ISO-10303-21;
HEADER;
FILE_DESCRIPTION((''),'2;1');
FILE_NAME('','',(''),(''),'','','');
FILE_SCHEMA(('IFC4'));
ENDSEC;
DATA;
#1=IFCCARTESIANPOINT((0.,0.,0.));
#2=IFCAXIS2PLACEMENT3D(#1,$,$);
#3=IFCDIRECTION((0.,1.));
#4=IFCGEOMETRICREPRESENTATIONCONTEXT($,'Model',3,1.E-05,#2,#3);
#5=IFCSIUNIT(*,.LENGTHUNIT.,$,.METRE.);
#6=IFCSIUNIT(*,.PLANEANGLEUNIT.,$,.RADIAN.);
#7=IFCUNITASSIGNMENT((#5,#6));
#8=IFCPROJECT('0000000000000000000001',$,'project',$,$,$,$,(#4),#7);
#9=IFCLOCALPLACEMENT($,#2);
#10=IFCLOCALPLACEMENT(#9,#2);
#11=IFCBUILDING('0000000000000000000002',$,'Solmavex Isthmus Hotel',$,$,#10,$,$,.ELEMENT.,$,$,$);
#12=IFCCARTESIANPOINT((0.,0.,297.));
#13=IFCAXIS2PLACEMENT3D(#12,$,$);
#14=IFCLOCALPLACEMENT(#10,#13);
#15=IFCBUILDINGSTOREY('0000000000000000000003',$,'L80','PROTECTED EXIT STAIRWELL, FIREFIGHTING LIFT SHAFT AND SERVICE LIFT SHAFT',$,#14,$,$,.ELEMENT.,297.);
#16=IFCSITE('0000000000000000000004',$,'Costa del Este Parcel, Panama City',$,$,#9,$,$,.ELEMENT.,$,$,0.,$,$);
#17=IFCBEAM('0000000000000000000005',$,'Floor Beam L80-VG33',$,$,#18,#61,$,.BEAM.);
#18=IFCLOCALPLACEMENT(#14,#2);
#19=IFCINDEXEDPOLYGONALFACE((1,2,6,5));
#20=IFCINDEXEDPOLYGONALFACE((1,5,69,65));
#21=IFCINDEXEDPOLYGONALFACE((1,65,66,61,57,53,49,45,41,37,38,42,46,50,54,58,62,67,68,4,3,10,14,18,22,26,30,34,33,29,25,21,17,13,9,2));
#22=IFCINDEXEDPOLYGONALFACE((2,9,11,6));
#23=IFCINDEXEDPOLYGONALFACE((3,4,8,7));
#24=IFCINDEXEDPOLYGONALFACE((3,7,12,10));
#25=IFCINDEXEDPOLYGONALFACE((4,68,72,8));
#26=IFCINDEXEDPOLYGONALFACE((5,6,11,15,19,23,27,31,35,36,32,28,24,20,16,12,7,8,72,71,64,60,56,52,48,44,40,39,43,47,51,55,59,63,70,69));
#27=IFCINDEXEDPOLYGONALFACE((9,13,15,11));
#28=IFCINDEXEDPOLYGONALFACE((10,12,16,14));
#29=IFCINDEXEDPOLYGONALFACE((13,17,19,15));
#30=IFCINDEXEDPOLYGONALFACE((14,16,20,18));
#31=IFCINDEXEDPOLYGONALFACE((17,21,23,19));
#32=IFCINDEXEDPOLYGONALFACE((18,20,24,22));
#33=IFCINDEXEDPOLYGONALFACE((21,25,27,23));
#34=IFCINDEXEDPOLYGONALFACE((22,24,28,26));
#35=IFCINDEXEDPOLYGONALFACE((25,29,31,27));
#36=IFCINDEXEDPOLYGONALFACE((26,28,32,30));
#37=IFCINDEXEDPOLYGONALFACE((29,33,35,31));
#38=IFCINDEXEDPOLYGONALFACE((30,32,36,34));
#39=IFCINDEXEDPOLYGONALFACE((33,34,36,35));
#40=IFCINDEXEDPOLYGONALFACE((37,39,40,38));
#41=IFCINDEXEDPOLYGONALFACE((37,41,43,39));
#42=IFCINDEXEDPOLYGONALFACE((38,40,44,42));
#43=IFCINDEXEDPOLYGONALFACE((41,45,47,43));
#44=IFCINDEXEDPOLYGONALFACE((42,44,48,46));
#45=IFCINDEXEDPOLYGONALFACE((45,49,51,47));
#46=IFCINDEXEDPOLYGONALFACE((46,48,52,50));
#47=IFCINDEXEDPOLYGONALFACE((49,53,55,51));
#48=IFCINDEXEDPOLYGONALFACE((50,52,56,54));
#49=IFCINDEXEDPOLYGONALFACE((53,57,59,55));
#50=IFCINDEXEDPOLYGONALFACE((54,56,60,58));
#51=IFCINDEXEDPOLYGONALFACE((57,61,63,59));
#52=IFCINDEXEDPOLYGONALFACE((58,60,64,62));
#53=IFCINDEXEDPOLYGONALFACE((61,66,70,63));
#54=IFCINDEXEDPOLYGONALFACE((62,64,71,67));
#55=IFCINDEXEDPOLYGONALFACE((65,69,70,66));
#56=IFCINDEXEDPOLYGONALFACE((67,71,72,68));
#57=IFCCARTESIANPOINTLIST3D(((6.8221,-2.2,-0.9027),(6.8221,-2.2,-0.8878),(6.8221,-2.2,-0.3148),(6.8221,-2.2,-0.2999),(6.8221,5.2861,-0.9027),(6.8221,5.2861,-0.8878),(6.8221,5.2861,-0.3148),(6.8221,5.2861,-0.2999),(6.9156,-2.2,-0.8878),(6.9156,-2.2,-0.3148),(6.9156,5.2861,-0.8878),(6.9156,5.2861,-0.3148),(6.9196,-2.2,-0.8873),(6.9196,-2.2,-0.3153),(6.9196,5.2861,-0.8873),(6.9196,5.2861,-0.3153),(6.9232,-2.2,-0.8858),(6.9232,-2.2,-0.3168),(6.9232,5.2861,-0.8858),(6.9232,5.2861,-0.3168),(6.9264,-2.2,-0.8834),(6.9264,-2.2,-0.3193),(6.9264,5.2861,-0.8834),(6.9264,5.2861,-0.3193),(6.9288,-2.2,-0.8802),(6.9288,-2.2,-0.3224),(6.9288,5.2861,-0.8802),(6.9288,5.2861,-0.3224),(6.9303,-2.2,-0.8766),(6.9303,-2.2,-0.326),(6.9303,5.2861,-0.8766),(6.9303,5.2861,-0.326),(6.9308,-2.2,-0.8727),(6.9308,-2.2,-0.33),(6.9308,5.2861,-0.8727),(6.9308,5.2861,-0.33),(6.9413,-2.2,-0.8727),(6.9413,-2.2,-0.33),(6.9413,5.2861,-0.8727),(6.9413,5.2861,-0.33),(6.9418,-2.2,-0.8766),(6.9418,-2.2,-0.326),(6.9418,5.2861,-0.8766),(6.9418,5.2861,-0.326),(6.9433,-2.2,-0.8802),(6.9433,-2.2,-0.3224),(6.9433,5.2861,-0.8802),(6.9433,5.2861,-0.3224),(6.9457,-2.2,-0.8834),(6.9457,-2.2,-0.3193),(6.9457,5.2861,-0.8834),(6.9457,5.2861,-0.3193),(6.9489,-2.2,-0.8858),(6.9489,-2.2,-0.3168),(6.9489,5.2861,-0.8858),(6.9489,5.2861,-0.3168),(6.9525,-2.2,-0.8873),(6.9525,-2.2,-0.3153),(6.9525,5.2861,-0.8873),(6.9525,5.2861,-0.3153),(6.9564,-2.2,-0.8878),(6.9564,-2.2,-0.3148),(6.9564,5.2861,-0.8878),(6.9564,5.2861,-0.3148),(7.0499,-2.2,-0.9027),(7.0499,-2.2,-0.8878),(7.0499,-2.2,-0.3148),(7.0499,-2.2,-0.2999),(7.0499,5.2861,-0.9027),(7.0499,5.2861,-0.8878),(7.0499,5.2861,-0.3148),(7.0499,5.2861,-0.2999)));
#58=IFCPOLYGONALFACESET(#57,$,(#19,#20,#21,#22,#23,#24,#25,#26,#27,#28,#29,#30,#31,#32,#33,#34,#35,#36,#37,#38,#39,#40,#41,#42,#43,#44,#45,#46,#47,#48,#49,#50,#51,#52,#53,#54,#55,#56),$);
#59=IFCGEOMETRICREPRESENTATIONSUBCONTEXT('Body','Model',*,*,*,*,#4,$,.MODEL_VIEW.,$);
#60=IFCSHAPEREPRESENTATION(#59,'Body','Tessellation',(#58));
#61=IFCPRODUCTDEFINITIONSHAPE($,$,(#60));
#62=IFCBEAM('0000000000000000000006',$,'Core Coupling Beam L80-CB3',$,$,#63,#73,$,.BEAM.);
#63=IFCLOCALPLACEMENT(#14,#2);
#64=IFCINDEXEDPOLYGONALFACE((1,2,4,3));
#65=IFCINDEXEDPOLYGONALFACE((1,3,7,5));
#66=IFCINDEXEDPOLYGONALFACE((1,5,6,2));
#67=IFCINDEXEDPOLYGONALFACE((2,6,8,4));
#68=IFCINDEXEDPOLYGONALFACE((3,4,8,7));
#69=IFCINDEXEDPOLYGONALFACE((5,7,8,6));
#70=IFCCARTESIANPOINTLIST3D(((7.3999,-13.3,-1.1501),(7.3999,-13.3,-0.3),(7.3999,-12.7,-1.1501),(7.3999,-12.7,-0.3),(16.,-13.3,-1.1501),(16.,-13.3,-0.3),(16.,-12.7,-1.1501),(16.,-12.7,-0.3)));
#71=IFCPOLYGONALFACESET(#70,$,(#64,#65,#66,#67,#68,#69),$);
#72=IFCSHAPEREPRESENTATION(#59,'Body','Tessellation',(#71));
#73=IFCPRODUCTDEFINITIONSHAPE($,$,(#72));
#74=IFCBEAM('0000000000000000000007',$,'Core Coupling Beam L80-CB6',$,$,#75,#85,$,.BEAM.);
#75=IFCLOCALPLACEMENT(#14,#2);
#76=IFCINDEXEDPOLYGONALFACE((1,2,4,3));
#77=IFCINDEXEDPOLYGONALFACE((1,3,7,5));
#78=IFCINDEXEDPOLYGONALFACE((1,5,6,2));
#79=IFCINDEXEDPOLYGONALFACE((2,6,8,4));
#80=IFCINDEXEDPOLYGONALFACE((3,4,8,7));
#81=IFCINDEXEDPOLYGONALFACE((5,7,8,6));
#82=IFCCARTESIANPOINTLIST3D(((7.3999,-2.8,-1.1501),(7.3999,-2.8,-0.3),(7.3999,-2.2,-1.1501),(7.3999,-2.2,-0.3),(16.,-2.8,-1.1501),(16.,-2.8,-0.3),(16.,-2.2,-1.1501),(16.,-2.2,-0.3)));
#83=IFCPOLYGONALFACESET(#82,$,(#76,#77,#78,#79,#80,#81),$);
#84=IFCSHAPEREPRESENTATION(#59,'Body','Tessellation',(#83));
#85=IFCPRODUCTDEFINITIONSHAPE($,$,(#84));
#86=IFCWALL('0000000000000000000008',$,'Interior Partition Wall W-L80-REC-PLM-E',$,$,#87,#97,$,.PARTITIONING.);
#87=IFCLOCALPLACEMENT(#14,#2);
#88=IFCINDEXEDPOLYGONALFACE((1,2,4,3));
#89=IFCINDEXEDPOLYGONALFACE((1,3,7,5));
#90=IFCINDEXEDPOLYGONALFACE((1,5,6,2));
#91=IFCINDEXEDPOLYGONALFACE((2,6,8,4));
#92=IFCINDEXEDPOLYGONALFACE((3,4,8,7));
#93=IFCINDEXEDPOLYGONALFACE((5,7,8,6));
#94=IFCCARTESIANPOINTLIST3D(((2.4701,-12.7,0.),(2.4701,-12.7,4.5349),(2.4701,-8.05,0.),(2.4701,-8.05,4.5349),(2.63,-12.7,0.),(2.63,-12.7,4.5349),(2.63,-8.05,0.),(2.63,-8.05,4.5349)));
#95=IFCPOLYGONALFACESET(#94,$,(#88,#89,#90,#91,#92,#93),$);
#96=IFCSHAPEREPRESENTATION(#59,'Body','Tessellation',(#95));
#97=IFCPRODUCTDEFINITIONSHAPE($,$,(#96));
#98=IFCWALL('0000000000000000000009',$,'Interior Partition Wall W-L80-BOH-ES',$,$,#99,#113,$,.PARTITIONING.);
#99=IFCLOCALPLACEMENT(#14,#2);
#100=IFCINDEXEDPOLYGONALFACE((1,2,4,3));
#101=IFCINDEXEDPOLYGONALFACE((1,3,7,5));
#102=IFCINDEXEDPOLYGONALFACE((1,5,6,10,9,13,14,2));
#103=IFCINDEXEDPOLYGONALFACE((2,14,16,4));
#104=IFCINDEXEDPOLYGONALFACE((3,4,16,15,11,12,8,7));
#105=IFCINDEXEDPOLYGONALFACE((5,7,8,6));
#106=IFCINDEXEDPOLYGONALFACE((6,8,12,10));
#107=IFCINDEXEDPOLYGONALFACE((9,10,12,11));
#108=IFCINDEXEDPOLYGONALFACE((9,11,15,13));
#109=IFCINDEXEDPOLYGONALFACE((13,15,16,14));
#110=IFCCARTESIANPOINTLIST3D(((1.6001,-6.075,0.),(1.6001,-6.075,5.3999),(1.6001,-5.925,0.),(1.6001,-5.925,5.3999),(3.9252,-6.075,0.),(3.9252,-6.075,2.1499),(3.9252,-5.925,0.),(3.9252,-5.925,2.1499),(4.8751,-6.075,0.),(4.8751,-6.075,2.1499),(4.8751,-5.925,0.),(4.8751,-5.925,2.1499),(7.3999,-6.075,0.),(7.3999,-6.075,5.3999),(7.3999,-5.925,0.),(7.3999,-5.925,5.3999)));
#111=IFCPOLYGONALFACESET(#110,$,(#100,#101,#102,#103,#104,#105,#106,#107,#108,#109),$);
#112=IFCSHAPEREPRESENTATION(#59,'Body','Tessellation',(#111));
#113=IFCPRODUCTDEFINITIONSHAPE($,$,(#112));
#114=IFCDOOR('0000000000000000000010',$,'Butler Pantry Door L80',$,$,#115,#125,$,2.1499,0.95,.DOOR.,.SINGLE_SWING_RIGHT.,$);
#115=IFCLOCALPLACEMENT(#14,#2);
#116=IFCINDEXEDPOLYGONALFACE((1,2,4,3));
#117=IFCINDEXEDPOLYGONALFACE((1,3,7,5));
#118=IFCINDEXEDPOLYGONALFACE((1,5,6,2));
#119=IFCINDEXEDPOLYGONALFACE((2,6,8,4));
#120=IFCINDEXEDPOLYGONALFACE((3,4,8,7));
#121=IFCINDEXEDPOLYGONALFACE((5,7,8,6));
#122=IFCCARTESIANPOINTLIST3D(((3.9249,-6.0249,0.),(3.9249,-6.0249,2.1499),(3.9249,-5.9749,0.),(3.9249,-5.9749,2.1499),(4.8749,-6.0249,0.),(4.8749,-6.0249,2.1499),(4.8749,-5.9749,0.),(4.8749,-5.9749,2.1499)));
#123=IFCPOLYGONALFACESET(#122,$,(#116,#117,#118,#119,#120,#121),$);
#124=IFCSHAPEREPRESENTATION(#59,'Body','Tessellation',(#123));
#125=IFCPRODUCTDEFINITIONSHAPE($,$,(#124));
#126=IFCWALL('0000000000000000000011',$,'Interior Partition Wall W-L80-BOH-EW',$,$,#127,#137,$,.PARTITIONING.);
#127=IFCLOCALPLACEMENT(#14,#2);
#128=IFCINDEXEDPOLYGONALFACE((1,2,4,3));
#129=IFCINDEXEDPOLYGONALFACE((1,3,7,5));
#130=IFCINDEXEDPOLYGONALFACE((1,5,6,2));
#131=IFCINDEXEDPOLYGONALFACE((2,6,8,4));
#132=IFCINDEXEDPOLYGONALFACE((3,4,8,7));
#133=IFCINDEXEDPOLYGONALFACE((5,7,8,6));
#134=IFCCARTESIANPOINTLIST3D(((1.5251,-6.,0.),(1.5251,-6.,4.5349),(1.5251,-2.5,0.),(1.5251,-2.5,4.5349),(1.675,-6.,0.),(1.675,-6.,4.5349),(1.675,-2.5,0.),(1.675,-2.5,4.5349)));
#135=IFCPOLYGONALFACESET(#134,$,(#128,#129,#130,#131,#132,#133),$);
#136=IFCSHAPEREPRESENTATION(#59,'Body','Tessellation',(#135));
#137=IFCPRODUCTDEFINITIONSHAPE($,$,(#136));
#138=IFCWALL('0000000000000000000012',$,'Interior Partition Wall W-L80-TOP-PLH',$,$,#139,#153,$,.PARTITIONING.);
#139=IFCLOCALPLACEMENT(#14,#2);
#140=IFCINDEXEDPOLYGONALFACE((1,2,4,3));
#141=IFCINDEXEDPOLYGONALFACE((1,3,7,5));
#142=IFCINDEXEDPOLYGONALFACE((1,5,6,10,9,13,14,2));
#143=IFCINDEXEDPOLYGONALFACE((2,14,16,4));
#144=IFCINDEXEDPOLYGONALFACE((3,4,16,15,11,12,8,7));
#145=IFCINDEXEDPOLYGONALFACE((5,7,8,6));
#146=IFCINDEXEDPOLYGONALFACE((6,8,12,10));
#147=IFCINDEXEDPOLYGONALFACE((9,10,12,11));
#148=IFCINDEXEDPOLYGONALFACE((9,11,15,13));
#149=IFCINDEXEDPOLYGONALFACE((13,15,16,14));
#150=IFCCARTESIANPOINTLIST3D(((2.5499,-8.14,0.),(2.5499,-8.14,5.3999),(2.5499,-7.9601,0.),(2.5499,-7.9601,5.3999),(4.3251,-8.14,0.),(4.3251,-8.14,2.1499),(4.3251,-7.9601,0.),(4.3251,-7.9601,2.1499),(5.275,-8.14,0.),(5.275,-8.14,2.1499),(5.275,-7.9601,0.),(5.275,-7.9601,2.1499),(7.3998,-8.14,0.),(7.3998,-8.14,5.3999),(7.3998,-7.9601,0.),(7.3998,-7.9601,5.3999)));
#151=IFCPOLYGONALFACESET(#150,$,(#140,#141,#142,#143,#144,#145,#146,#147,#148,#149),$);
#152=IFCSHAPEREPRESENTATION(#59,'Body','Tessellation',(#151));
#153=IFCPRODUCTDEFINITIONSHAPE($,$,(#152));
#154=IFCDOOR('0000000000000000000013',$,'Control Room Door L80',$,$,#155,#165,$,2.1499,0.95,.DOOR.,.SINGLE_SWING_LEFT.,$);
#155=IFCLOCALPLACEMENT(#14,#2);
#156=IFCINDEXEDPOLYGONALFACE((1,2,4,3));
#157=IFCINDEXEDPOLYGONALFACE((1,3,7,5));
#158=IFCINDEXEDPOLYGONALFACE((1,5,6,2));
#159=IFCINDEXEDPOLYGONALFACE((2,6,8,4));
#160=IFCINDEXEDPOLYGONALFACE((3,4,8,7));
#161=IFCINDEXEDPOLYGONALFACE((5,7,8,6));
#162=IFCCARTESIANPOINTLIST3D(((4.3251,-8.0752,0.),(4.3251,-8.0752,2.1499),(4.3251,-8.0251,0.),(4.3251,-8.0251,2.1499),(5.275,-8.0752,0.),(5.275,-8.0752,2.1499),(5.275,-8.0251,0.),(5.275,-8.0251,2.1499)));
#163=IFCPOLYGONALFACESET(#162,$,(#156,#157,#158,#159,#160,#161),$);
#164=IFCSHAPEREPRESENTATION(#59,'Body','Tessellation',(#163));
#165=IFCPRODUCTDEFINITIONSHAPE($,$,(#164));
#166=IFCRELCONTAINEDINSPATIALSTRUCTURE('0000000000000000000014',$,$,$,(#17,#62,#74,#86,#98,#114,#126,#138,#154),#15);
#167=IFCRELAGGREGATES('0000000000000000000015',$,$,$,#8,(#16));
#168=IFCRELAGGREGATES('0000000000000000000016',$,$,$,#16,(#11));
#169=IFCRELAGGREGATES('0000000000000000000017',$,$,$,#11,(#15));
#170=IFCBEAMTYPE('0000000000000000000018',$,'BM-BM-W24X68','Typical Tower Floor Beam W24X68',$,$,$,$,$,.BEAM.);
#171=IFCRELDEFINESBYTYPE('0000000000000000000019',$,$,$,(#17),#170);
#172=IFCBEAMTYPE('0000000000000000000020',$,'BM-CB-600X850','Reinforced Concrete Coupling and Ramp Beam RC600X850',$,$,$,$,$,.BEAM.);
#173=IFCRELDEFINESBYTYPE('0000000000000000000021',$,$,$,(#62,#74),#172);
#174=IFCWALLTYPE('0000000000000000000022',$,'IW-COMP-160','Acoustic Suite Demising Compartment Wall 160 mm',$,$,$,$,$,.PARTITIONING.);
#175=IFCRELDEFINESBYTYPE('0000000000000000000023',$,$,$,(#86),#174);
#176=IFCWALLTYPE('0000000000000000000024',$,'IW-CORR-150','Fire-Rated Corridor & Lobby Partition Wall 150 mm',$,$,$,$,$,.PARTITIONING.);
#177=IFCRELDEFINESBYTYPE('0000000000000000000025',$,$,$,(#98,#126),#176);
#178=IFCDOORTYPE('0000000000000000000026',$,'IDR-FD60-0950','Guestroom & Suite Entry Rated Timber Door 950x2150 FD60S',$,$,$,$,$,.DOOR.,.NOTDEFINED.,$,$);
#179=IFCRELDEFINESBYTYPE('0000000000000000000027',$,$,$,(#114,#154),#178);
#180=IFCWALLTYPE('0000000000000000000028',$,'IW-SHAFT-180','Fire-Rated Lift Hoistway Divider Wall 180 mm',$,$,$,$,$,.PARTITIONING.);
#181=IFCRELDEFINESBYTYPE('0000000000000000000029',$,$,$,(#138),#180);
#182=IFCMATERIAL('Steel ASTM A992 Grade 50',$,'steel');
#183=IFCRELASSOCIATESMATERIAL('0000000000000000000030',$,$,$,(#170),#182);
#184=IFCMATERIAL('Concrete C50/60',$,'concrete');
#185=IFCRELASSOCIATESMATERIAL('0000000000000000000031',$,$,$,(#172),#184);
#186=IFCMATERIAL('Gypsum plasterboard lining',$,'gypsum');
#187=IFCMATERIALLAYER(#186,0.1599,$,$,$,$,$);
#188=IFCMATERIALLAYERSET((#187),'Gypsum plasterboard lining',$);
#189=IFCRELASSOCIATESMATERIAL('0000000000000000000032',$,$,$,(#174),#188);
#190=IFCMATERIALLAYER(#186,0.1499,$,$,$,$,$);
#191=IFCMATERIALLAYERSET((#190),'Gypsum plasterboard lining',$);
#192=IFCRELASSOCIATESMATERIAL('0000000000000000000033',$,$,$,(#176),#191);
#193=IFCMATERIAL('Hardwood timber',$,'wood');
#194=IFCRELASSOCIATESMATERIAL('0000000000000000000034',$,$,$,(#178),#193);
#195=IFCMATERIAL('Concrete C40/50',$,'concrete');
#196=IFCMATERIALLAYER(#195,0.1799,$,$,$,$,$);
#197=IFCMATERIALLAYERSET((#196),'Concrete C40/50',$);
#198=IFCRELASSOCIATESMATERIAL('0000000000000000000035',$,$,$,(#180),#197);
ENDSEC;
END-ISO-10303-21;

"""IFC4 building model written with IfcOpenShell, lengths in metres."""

from ifc_helpers import new_model, si_unit, direction, frame, frame_2d, origin, origin_2d, place, context, subcontext, project, spatial, rectangle, i_section, extrude, material, layer, layer_set, material_profile, profile_set, type_object, element, fill, save


model = new_model("IFC4")

# Units and contexts
model_context = context("Model", 3, precision=1e-05, world=origin(), true_north=direction((0.0, 1.0)))
body_context = subcontext(model_context, "Body", "Model", "MODEL_VIEW")
ifc_project = project(units=[si_unit("LENGTHUNIT", "METRE"), si_unit("PLANEANGLEUNIT", "RADIAN")], contexts=[model_context])

# Site, building, storey
site_placement = place(None, origin())
site = spatial("IfcSite", under=ifc_project, at=site_placement, Name="Costa del Este Parcel, Panama City", CompositionType="ELEMENT", RefElevation=0.0)
building_placement = place(site_placement, origin())
building = spatial("IfcBuilding", under=site, at=building_placement, Name="Solmavex Isthmus Hotel", CompositionType="ELEMENT")
storey_placement = place(building_placement, frame((0.0, 0.0, 297.0)))
storey = spatial("IfcBuildingStorey", under=building, at=storey_placement, Name="L80", Description="PROTECTED EXIT STAIRWELL, FIREFIGHTING LIFT SHAFT AND SERVICE LIFT SHAFT", CompositionType="ELEMENT", Elevation=297.0)

# Shared definitions
ifc_material_1 = material(Name="Concrete C50/60", Category="concrete")

# Beams
ifc_material_2 = material(Name="Steel ASTM A992 Grade 50", Category="steel")
ifc_material_profile_1 = material_profile(ifc_material_2, i_section(OverallWidth=0.2278, OverallDepth=0.6028, WebThickness=0.0105, FlangeThickness=0.0149, FilletRadius=0.0151, at=origin_2d()), Name="W24X68")
ifc_profile_set_1 = profile_set([ifc_material_profile_1], Name="Steel ASTM A992 Grade 50")
beam_type_1 = type_object("IfcBeamType", Name="BM-BM-W24X68", Description="Typical Tower Floor Beam W24X68", PredefinedType="BEAM", material=ifc_profile_set_1)
for number, where, z_axis, x_axis, name in (
    (1, (6.936, -2.2, -0.6013), (0.0, 1.0, 0.0), (-1.0, 0.0, 0.0), "Floor Beam L80-VG33"),
):
    element("IfcBeam", number, at=place(storey_placement, frame(where, z_axis=z_axis, x_axis=x_axis)), inside=storey, type_object=beam_type_1, Name=name, PredefinedType="BEAM", context=body_context, shape_type="SweptSolid", body=[
        extrude(i_section(OverallWidth=0.2278, OverallDepth=0.6028, WebThickness=0.0105, FlangeThickness=0.0149, FilletRadius=0.0151, at=origin_2d()), origin(), (0.0, 0.0, 1.0), 7.4861),
    ])
ifc_material_profile_2 = material_profile(ifc_material_1, rectangle(XDim=0.6001, YDim=0.8501, at=origin_2d()), Name="RC600X850")
ifc_profile_set_2 = profile_set([ifc_material_profile_2], Name="Concrete C50/60")
beam_type_2 = type_object("IfcBeamType", Name="BM-CB-600X850", Description="Reinforced Concrete Coupling and Ramp Beam RC600X850", PredefinedType="BEAM", material=ifc_profile_set_2)
for number, where, z_axis, x_axis, name in (
    (2, (7.3999, -13.0, -0.7251), (1.0, 0.0, 0.0), (0.0, 1.0, 0.0), "Core Coupling Beam L80-CB3"),
    (3, (7.3999, -2.5, -0.7251), (1.0, 0.0, 0.0), (0.0, 1.0, 0.0), "Core Coupling Beam L80-CB6"),
):
    element("IfcBeam", number, at=place(storey_placement, frame(where, z_axis=z_axis, x_axis=x_axis)), inside=storey, type_object=beam_type_2, Name=name, PredefinedType="BEAM", context=body_context, shape_type="SweptSolid", body=[
        extrude(rectangle(XDim=0.6001, YDim=0.8501, at=origin_2d()), origin(), (0.0, 0.0, 1.0), 8.6001),
    ])

# Wall
ifc_material_3 = material(Name="Gypsum plasterboard lining", Category="gypsum")
ifc_layer_1 = layer(ifc_material_3, 0.1599)
ifc_layer_set_1 = layer_set([ifc_layer_1], Name="Gypsum plasterboard lining")
wall_type_1 = type_object("IfcWallType", Name="IW-COMP-160", Description="Acoustic Suite Demising Compartment Wall 160 mm", PredefinedType="PARTITIONING", material=ifc_layer_set_1)
wall_1_placement = place(storey_placement, frame((2.55, -12.7, 0.0), z_axis=(0.0, 0.0, 1.0), x_axis=(0.0, 1.0, 0.0)))
element("IfcWall", 4, at=wall_1_placement, inside=storey, type_object=wall_type_1, Name="Interior Partition Wall W-L80-REC-PLM-E", PredefinedType="PARTITIONING", context=body_context, shape_type="SweptSolid", body=[
    extrude(rectangle(XDim=4.6499, YDim=0.1599, at=frame_2d((2.325, 0.0))), origin(), (0.0, 0.0, 1.0), 4.5349),
])

# Wall, opening, door
ifc_layer_2 = layer(ifc_material_3, 0.1499)
ifc_layer_set_2 = layer_set([ifc_layer_2], Name="Gypsum plasterboard lining")
wall_type_2 = type_object("IfcWallType", Name="IW-CORR-150", Description="Fire-Rated Corridor & Lobby Partition Wall 150 mm", PredefinedType="PARTITIONING", material=ifc_layer_set_2)
wall_2_placement = place(storey_placement, frame((1.6001, -6.0, 0.0), z_axis=(0.0, 0.0, 1.0), x_axis=(1.0, 0.0, 0.0)))
wall_2 = element("IfcWall", 5, at=wall_2_placement, inside=storey, type_object=wall_type_2, Name="Interior Partition Wall W-L80-BOH-ES", PredefinedType="PARTITIONING", context=body_context, shape_type="SweptSolid", body=[
    extrude(rectangle(XDim=5.7998, YDim=0.1499, at=frame_2d((2.8999, 0.0))), origin(), (0.0, 0.0, 1.0), 5.3999),
])
opening_1_placement = place(wall_2_placement, frame((2.325, 0.0, 0.0)))
opening_1 = element("IfcOpeningElement", 6, at=opening_1_placement, cuts=wall_2, PredefinedType="OPENING", context=body_context, shape_type="SweptSolid", body=[
    extrude(rectangle(XDim=0.95, YDim=2.1499, at=frame_2d((0.4751, 1.075))), frame((0.0, 0.085, 0.0), z_axis=(0.0, -1.0, 0.0), x_axis=(1.0, 0.0, 0.0)), (0.0, 0.0, 1.0), 0.1699),
])
ifc_material_4 = material(Name="Hardwood timber", Category="wood")
door_type_1 = type_object("IfcDoorType", Name="IDR-FD60-0950", Description="Guestroom & Suite Entry Rated Timber Door 950x2150 FD60S", OperationType="NOTDEFINED", PredefinedType="DOOR", material=ifc_material_4)
door_1_placement = place(opening_1_placement, frame((0.95, 0.0, 0.0), z_axis=(0.0, 0.0, 1.0), x_axis=(-1.0, 0.0, 0.0)))
door_1 = element("IfcDoor", 7, at=door_1_placement, inside=storey, type_object=door_type_1, Name="Butler Pantry Door L80", OperationType="SINGLE_SWING_RIGHT", OverallHeight=2.1499, OverallWidth=0.95, PredefinedType="DOOR", context=body_context, shape_type="SweptSolid", body=[
    extrude(rectangle(XDim=0.95, YDim=2.1499, at=frame_2d((0.4751, 1.075))), frame((0.0, 0.0249, 0.0), z_axis=(0.0, -1.0, 0.0), x_axis=(1.0, 0.0, 0.0)), (0.0, 0.0, 1.0), 0.05),
])
fill(opening_1, door_1)

# Wall
wall_3_placement = place(storey_placement, frame((1.6001, -6.0, 0.0), z_axis=(0.0, 0.0, 1.0), x_axis=(0.0, 1.0, 0.0)))
element("IfcWall", 8, at=wall_3_placement, inside=storey, type_object=wall_type_2, Name="Interior Partition Wall W-L80-BOH-EW", PredefinedType="PARTITIONING", context=body_context, shape_type="SweptSolid", body=[
    extrude(rectangle(XDim=3.5, YDim=0.1499, at=frame_2d((1.75, 0.0))), origin(), (0.0, 0.0, 1.0), 4.5349),
])

# Wall, opening, door
ifc_material_5 = material(Name="Concrete C40/50", Category="concrete")
ifc_layer_3 = layer(ifc_material_5, 0.1799)
ifc_layer_set_3 = layer_set([ifc_layer_3], Name="Concrete C40/50")
wall_type_3 = type_object("IfcWallType", Name="IW-SHAFT-180", Description="Fire-Rated Lift Hoistway Divider Wall 180 mm", PredefinedType="PARTITIONING", material=ifc_layer_set_3)
wall_4_placement = place(storey_placement, frame((2.55, -8.05, 0.0), z_axis=(0.0, 0.0, 1.0), x_axis=(1.0, 0.0, 0.0)))
wall_4 = element("IfcWall", 9, at=wall_4_placement, inside=storey, type_object=wall_type_3, Name="Interior Partition Wall W-L80-TOP-PLH", PredefinedType="PARTITIONING", context=body_context, shape_type="SweptSolid", body=[
    extrude(rectangle(XDim=4.8499, YDim=0.1799, at=frame_2d((2.4248, 0.0))), origin(), (0.0, 0.0, 1.0), 5.3999),
])
opening_2_placement = place(wall_4_placement, frame((1.7749, 0.0, 0.0)))
opening_2 = element("IfcOpeningElement", 10, at=opening_2_placement, cuts=wall_4, PredefinedType="OPENING", context=body_context, shape_type="SweptSolid", body=[
    extrude(rectangle(XDim=0.95, YDim=2.1499, at=frame_2d((0.4751, 1.075))), frame((0.0, 0.0999, 0.0), z_axis=(0.0, -1.0, 0.0), x_axis=(1.0, 0.0, 0.0)), (0.0, 0.0, 1.0), 0.2),
])
door_2_placement = place(opening_2_placement, origin())
door_2 = element("IfcDoor", 11, at=door_2_placement, inside=storey, type_object=door_type_1, Name="Control Room Door L80", OperationType="SINGLE_SWING_LEFT", OverallHeight=2.1499, OverallWidth=0.95, PredefinedType="DOOR", context=body_context, shape_type="SweptSolid", body=[
    extrude(rectangle(XDim=0.95, YDim=2.1499, at=frame_2d((0.4751, 1.075))), frame((0.0, 0.0249, 0.0), z_axis=(0.0, -1.0, 0.0), x_axis=(1.0, 0.0, 0.0)), (0.0, 0.0, 1.0), 0.05),
])
fill(opening_2, door_2)

save(model, "model.ifc")
